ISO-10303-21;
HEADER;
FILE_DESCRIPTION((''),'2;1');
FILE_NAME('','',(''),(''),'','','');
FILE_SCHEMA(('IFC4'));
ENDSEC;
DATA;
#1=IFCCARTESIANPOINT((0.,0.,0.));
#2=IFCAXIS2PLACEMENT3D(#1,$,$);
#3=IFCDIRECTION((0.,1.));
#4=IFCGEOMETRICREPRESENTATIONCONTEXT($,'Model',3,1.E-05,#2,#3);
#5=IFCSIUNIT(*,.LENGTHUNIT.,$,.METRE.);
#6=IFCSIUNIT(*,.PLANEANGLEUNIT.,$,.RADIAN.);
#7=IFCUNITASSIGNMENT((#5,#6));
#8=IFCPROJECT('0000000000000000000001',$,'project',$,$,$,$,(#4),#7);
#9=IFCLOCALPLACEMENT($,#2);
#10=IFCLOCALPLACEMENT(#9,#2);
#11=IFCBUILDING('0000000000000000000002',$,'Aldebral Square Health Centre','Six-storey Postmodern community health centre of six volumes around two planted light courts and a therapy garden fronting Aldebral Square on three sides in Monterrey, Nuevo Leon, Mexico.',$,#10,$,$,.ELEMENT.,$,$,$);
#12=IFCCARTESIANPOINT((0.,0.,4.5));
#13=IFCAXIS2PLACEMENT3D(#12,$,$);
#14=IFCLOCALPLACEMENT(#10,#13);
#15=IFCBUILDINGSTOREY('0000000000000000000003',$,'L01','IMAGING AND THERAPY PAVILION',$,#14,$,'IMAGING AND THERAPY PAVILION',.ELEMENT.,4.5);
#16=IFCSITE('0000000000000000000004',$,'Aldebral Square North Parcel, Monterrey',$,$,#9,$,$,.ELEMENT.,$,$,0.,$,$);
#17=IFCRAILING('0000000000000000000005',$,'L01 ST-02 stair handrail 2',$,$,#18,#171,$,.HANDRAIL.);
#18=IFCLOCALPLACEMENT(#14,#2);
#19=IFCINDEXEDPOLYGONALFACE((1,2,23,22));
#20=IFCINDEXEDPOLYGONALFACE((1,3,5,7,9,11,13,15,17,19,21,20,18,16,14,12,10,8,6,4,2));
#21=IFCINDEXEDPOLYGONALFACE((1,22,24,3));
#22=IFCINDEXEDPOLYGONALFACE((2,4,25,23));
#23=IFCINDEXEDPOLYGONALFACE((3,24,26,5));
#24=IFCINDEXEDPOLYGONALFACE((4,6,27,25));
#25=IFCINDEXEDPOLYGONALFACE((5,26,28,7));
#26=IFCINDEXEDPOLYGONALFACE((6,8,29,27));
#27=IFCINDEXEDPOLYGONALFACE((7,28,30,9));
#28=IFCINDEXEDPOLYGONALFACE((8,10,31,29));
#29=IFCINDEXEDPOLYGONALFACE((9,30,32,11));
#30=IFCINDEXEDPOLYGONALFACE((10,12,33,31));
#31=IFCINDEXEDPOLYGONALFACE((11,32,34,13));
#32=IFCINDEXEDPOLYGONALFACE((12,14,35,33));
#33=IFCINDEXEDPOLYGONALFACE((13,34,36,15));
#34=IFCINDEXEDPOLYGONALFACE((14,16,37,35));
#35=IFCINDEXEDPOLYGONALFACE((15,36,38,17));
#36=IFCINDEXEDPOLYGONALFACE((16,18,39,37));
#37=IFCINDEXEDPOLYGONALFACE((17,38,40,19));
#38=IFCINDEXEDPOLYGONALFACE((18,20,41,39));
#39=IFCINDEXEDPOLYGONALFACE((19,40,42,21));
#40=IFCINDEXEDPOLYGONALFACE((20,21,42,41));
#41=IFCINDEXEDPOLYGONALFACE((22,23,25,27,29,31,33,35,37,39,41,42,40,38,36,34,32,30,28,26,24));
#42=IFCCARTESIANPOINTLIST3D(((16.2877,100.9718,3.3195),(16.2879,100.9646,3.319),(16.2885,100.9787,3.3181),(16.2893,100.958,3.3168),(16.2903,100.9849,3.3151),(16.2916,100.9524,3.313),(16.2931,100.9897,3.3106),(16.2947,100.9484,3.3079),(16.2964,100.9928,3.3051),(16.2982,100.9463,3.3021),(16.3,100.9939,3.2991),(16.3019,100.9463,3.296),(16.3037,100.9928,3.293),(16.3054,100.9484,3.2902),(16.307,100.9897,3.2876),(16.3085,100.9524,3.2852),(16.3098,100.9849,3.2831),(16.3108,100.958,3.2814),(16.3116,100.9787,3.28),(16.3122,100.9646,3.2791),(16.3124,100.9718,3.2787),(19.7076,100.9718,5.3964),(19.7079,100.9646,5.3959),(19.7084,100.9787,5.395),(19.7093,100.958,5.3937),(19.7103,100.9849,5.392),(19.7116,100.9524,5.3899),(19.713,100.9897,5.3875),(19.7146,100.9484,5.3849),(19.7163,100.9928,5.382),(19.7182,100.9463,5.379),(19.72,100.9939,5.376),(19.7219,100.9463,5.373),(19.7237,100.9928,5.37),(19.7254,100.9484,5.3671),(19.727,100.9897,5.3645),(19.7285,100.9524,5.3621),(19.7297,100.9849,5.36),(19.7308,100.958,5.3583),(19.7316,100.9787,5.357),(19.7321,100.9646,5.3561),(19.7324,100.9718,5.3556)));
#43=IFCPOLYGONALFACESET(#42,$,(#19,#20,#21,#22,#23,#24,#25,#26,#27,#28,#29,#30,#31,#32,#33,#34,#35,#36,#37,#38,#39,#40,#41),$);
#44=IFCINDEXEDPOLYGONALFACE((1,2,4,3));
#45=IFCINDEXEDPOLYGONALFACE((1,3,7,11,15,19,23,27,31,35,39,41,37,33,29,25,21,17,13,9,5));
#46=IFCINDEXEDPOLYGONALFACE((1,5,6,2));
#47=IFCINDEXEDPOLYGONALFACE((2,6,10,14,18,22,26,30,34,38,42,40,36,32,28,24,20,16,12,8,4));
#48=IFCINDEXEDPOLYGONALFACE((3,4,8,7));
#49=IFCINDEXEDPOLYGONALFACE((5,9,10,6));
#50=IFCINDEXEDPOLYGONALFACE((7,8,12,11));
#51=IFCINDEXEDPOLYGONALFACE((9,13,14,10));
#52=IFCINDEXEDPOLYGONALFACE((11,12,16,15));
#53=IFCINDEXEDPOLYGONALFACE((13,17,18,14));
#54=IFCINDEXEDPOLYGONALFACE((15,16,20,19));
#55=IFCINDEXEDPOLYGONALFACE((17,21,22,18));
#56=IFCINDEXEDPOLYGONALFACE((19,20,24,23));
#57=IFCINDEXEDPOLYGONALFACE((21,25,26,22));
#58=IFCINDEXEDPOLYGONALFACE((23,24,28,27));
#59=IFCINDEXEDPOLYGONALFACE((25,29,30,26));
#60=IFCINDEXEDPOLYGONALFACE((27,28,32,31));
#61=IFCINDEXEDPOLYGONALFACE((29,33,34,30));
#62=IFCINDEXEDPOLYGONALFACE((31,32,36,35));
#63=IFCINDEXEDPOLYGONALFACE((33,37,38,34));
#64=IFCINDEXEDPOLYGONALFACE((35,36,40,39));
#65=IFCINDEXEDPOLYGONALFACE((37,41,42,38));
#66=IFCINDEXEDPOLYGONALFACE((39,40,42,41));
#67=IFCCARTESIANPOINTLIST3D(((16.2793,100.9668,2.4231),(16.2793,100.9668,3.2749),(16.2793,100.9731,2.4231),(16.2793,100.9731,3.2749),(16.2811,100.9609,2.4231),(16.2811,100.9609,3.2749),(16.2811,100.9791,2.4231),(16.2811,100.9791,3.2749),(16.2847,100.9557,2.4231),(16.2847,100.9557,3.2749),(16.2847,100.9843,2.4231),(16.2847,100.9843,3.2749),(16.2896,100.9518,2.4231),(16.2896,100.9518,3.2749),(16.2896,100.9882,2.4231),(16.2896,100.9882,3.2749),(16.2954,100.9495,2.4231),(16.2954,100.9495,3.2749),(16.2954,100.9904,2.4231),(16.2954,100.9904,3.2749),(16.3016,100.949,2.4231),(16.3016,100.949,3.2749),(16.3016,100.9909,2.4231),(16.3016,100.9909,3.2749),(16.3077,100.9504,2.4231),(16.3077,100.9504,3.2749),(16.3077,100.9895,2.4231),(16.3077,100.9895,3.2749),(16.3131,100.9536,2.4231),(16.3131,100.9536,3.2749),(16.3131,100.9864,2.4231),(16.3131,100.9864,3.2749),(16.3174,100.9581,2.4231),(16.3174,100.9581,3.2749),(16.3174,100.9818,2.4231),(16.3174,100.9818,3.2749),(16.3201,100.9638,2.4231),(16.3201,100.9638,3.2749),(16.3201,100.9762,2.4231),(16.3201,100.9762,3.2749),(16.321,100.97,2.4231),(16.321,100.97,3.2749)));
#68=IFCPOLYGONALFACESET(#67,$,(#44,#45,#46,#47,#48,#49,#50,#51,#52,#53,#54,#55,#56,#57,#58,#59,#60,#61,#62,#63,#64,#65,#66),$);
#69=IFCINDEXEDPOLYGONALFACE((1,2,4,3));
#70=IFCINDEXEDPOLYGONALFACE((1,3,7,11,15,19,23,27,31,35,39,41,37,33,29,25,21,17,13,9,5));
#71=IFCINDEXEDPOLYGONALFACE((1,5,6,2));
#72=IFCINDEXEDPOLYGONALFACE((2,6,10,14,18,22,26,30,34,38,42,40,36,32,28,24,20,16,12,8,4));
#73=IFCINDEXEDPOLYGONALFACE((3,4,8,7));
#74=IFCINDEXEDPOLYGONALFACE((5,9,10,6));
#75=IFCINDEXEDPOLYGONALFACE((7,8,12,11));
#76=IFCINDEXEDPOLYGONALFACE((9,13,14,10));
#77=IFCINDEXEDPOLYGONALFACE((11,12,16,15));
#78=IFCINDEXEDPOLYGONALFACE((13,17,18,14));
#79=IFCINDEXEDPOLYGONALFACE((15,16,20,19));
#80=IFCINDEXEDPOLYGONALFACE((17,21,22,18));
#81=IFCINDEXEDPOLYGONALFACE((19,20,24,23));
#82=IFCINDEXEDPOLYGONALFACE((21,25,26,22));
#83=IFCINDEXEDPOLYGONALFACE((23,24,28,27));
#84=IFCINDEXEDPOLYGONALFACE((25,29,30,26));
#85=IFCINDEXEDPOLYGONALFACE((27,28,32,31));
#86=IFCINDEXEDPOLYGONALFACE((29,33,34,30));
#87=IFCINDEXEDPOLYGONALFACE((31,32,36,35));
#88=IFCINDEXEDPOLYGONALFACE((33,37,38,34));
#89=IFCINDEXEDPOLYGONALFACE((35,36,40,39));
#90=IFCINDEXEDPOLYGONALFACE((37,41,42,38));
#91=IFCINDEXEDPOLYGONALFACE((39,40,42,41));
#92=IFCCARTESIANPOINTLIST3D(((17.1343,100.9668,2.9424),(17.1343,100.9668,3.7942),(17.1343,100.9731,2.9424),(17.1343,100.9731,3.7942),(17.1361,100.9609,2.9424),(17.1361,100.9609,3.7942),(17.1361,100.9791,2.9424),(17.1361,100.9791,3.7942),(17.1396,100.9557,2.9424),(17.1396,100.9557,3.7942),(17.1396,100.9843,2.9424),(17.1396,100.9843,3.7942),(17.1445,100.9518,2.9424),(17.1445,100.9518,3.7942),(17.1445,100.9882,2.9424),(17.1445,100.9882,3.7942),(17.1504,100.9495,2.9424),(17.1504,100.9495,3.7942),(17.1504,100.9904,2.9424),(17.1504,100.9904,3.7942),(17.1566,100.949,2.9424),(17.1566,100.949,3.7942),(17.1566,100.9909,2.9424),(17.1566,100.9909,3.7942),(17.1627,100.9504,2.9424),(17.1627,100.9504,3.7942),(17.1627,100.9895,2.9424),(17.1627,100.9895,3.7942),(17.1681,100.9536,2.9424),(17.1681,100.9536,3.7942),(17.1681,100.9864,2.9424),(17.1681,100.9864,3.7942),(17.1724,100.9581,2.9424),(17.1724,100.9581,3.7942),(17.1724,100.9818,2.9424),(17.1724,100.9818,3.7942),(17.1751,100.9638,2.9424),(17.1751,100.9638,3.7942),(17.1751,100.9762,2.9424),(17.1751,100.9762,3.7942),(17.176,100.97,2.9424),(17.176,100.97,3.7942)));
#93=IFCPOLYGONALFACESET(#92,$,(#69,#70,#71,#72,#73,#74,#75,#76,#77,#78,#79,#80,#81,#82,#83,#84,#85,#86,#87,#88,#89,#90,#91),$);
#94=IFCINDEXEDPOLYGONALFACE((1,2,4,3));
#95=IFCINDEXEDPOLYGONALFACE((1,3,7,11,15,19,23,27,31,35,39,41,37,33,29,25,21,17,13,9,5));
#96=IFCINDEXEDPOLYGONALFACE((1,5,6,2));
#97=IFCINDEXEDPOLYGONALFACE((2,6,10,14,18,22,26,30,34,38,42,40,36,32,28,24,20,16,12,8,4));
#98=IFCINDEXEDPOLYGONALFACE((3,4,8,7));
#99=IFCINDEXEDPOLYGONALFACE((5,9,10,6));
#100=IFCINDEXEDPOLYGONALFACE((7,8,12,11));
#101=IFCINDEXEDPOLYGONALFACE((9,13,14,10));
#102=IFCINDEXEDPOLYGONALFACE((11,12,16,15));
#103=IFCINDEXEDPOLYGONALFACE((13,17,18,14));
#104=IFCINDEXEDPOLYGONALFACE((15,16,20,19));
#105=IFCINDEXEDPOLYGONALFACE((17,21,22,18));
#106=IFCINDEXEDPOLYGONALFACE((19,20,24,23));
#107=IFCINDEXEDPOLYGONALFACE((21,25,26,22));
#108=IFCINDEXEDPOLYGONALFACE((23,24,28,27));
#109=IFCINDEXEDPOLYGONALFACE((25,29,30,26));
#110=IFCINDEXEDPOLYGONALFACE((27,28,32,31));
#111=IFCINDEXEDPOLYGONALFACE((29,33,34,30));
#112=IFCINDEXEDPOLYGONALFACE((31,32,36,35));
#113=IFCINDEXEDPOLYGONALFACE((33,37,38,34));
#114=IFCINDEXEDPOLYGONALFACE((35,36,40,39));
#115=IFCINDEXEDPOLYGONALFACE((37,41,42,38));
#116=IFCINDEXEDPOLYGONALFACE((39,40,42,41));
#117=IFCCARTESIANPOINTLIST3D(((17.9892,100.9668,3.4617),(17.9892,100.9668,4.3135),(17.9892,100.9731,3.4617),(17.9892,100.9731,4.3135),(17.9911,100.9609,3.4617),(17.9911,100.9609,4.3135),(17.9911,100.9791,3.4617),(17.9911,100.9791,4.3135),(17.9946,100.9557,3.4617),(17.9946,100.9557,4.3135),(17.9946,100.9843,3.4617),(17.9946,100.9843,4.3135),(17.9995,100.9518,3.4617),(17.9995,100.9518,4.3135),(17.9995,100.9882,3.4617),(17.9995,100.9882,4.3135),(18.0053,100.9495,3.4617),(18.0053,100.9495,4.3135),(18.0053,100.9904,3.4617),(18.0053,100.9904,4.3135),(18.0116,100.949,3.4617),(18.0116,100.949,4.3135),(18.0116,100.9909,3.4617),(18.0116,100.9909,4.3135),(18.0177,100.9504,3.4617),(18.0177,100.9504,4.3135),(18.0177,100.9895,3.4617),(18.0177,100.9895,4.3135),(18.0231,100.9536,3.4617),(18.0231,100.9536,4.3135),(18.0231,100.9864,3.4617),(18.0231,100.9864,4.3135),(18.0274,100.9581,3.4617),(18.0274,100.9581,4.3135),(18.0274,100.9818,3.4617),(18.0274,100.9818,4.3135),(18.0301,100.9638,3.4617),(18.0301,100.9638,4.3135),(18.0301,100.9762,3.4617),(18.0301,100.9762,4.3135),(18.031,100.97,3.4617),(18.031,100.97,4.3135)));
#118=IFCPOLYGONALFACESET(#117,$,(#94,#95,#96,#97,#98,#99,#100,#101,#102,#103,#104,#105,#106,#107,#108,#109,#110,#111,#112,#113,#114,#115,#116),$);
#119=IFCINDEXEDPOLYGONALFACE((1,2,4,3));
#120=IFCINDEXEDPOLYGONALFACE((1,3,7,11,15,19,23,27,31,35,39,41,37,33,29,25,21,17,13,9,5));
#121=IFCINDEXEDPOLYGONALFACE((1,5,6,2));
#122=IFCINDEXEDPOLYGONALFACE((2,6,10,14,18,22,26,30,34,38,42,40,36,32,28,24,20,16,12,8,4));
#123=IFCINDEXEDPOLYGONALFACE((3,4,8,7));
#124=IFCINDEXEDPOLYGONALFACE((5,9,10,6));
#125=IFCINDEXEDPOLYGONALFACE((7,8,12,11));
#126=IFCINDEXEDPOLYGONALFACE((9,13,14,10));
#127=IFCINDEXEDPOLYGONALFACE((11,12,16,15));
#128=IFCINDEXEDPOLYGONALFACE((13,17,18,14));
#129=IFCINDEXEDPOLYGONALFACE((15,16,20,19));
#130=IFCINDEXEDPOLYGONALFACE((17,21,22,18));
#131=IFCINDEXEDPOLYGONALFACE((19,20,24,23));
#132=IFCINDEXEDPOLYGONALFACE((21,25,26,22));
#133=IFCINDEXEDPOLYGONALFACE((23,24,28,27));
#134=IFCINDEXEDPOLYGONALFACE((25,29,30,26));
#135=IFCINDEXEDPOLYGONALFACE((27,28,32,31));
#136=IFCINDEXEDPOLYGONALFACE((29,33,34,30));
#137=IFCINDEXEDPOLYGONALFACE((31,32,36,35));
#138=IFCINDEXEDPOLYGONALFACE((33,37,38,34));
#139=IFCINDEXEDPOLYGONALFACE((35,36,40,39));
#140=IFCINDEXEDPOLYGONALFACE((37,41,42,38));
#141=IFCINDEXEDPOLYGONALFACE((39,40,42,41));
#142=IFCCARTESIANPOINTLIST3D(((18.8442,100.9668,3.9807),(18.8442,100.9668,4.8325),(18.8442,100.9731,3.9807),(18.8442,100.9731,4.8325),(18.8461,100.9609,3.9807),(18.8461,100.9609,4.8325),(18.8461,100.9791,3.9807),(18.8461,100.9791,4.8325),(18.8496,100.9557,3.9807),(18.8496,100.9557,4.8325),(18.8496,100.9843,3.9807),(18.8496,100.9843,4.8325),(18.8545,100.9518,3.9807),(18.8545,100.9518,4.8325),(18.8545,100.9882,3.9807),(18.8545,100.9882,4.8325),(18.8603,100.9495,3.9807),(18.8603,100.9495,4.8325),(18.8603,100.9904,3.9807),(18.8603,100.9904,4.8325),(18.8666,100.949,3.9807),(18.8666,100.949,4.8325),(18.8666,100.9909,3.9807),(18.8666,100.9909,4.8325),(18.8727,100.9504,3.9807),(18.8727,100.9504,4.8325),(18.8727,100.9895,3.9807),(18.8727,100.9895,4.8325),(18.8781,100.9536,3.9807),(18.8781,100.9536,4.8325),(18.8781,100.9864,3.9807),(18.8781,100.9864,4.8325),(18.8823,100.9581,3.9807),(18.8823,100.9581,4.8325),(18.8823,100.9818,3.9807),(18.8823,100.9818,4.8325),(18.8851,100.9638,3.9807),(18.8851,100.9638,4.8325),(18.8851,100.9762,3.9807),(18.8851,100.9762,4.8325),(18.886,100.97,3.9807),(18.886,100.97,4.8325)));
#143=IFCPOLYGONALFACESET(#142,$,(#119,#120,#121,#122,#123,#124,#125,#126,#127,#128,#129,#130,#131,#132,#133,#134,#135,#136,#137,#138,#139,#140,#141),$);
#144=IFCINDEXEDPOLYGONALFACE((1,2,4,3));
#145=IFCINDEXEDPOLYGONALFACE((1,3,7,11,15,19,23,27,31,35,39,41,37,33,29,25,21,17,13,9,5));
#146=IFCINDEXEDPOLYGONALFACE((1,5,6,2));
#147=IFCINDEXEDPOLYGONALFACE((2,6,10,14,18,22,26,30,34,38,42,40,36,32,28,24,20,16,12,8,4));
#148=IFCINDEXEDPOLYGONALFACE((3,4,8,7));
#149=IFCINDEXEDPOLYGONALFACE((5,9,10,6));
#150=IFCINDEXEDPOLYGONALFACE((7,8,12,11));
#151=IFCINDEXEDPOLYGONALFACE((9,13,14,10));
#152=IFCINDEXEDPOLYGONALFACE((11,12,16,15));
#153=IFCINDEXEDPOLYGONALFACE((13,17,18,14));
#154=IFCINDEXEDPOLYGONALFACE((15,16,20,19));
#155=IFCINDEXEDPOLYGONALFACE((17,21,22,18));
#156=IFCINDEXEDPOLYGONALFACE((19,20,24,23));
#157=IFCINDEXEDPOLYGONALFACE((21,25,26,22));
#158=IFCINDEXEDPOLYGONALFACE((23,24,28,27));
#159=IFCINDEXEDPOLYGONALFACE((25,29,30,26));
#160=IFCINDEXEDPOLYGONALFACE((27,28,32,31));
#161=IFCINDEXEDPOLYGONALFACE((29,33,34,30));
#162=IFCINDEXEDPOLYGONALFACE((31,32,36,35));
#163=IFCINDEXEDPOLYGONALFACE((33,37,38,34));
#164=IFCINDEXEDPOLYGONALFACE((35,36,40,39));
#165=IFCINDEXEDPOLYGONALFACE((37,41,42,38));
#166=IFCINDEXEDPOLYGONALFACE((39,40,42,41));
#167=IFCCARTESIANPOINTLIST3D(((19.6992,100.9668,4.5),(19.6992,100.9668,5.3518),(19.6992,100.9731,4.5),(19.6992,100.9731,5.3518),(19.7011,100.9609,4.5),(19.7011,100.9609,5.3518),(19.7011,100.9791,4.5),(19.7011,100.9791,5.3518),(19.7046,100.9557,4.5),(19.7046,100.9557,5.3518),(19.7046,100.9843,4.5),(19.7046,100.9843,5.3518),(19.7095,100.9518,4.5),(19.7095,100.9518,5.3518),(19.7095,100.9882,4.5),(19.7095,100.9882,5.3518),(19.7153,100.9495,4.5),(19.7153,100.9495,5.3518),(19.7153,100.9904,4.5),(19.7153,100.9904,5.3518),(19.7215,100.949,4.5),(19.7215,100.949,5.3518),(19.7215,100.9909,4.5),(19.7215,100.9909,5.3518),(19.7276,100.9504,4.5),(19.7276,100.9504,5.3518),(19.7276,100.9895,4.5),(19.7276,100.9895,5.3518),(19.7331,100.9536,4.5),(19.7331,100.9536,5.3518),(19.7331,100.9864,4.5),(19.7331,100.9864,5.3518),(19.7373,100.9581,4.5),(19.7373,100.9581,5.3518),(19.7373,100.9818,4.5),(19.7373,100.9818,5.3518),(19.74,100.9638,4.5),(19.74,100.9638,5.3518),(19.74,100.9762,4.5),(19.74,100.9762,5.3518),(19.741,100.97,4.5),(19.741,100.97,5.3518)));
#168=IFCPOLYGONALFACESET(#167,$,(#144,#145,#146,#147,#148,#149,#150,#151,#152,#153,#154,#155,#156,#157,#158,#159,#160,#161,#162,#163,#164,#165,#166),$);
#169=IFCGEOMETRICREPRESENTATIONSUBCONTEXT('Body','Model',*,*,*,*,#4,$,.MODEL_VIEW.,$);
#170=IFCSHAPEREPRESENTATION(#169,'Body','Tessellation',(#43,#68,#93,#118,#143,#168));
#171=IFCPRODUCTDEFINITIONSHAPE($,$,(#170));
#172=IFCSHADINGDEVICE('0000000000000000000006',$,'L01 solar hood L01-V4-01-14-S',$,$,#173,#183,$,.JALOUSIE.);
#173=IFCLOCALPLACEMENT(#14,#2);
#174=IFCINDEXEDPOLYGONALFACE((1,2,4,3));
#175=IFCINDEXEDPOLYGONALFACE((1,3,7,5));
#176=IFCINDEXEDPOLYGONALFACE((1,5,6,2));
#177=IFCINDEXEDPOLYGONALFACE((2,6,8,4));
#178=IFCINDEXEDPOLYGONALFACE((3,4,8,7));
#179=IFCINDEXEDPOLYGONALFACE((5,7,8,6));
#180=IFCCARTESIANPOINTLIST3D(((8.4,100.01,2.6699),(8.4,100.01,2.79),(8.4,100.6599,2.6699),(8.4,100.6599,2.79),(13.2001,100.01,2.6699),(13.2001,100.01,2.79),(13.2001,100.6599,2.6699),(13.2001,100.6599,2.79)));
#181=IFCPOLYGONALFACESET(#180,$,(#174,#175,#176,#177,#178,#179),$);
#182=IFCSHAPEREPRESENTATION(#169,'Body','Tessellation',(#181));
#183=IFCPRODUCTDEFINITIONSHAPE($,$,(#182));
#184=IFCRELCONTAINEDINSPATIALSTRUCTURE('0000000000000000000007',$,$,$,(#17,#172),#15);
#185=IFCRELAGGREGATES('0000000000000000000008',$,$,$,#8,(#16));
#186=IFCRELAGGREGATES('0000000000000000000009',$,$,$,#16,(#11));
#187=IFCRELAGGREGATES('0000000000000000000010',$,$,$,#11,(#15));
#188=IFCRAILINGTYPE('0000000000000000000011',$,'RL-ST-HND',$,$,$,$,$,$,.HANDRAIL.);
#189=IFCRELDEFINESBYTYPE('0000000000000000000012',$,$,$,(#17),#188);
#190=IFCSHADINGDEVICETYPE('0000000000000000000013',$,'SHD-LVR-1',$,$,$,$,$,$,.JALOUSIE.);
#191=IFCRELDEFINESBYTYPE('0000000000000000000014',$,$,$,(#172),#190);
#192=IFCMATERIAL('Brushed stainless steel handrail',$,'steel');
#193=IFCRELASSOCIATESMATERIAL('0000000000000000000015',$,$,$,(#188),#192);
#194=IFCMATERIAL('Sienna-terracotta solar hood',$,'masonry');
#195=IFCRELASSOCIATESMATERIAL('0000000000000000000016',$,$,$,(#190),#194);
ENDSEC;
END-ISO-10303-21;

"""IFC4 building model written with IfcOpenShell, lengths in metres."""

from ifc_helpers import new_model, si_unit, direction, frame, origin, origin_2d, place, context, subcontext, project, spatial, rectangle, circle, extrude, material, type_object, element, save


model = new_model("IFC4")

# Units and contexts
model_context = context("Model", 3, precision=1e-05, world=origin(), true_north=direction((0.0, 1.0)))
body_context = subcontext(model_context, "Body", "Model", "MODEL_VIEW")
ifc_project = project(units=[si_unit("LENGTHUNIT", "METRE"), si_unit("PLANEANGLEUNIT", "RADIAN")], contexts=[model_context])

# Site, building, storey
site_placement = place(None, origin())
site = spatial("IfcSite", under=ifc_project, at=site_placement, Name="Aldebral Square North Parcel, Monterrey", CompositionType="ELEMENT", RefElevation=0.0)
building_placement = place(site_placement, origin())
building = spatial("IfcBuilding", under=site, at=building_placement, Name="Aldebral Square Health Centre", Description="Six-storey Postmodern community health centre of six volumes around two planted light courts and a therapy garden fronting Aldebral Square on three sides in Monterrey, Nuevo Leon, Mexico.", CompositionType="ELEMENT")
storey_placement = place(building_placement, frame((0.0, 0.0, 4.5)))
storey = spatial("IfcBuildingStorey", under=building, at=storey_placement, Name="L01", Description="IMAGING AND THERAPY PAVILION", LongName="IMAGING AND THERAPY PAVILION", CompositionType="ELEMENT", Elevation=4.5)

# Railing
ifc_material_1 = material(Name="Brushed stainless steel handrail", Category="steel")
railing_type_1 = type_object("IfcRailingType", Name="RL-ST-HND", PredefinedType="HANDRAIL", material=ifc_material_1)
railing_1_placement = place(storey_placement, frame((16.3, 100.97, 2.4231)))
element("IfcRailing", 1, at=railing_1_placement, inside=storey, type_object=railing_type_1, Name="L01 ST-02 stair handrail 2", PredefinedType="HANDRAIL", context=body_context, shape_type="SweptSolid", body=[
    extrude(circle(Radius=0.0239, at=origin_2d()), frame((0.0, 0.0, 0.876), z_axis=(0.85473, 0.0, 0.519074), x_axis=(0.0, 1.0, 0.0)), (0.0, 0.0, 1.0), 4.0012),
    extrude(circle(Radius=0.021, at=origin_2d()), origin(), (0.0, 0.0, 1.0), 0.8518),
    extrude(circle(Radius=0.021, at=origin_2d()), frame((0.855, 0.0, 0.5193)), (0.0, 0.0, 1.0), 0.8518),
    extrude(circle(Radius=0.021, at=origin_2d()), frame((1.71, 0.0, 1.0386)), (0.0, 0.0, 1.0), 0.8518),
    extrude(circle(Radius=0.021, at=origin_2d()), frame((2.5649, 0.0, 1.5576)), (0.0, 0.0, 1.0), 0.8518),
    extrude(circle(Radius=0.021, at=origin_2d()), frame((3.4199, 0.0, 2.0769)), (0.0, 0.0, 1.0), 0.8518),
])

# Shading device
ifc_material_2 = material(Name="Sienna-terracotta solar hood", Category="masonry")
shading_device_type = type_object("IfcShadingDeviceType", Name="SHD-LVR-1", PredefinedType="JALOUSIE", material=ifc_material_2)
shading_device_placement = place(storey_placement, frame((10.8, 100.335, 2.6699), z_axis=(0.0, 0.0, 1.0), x_axis=(1.0, 0.0, 0.0)))
element("IfcShadingDevice", 2, at=shading_device_placement, inside=storey, type_object=shading_device_type, Name="L01 solar hood L01-V4-01-14-S", PredefinedType="JALOUSIE", context=body_context, shape_type="SweptSolid", body=[
    extrude(rectangle(XDim=4.8, YDim=0.6499, at=origin_2d()), origin(), (0.0, 0.0, 1.0), 0.1201),
])

save(model, "model.ifc")
